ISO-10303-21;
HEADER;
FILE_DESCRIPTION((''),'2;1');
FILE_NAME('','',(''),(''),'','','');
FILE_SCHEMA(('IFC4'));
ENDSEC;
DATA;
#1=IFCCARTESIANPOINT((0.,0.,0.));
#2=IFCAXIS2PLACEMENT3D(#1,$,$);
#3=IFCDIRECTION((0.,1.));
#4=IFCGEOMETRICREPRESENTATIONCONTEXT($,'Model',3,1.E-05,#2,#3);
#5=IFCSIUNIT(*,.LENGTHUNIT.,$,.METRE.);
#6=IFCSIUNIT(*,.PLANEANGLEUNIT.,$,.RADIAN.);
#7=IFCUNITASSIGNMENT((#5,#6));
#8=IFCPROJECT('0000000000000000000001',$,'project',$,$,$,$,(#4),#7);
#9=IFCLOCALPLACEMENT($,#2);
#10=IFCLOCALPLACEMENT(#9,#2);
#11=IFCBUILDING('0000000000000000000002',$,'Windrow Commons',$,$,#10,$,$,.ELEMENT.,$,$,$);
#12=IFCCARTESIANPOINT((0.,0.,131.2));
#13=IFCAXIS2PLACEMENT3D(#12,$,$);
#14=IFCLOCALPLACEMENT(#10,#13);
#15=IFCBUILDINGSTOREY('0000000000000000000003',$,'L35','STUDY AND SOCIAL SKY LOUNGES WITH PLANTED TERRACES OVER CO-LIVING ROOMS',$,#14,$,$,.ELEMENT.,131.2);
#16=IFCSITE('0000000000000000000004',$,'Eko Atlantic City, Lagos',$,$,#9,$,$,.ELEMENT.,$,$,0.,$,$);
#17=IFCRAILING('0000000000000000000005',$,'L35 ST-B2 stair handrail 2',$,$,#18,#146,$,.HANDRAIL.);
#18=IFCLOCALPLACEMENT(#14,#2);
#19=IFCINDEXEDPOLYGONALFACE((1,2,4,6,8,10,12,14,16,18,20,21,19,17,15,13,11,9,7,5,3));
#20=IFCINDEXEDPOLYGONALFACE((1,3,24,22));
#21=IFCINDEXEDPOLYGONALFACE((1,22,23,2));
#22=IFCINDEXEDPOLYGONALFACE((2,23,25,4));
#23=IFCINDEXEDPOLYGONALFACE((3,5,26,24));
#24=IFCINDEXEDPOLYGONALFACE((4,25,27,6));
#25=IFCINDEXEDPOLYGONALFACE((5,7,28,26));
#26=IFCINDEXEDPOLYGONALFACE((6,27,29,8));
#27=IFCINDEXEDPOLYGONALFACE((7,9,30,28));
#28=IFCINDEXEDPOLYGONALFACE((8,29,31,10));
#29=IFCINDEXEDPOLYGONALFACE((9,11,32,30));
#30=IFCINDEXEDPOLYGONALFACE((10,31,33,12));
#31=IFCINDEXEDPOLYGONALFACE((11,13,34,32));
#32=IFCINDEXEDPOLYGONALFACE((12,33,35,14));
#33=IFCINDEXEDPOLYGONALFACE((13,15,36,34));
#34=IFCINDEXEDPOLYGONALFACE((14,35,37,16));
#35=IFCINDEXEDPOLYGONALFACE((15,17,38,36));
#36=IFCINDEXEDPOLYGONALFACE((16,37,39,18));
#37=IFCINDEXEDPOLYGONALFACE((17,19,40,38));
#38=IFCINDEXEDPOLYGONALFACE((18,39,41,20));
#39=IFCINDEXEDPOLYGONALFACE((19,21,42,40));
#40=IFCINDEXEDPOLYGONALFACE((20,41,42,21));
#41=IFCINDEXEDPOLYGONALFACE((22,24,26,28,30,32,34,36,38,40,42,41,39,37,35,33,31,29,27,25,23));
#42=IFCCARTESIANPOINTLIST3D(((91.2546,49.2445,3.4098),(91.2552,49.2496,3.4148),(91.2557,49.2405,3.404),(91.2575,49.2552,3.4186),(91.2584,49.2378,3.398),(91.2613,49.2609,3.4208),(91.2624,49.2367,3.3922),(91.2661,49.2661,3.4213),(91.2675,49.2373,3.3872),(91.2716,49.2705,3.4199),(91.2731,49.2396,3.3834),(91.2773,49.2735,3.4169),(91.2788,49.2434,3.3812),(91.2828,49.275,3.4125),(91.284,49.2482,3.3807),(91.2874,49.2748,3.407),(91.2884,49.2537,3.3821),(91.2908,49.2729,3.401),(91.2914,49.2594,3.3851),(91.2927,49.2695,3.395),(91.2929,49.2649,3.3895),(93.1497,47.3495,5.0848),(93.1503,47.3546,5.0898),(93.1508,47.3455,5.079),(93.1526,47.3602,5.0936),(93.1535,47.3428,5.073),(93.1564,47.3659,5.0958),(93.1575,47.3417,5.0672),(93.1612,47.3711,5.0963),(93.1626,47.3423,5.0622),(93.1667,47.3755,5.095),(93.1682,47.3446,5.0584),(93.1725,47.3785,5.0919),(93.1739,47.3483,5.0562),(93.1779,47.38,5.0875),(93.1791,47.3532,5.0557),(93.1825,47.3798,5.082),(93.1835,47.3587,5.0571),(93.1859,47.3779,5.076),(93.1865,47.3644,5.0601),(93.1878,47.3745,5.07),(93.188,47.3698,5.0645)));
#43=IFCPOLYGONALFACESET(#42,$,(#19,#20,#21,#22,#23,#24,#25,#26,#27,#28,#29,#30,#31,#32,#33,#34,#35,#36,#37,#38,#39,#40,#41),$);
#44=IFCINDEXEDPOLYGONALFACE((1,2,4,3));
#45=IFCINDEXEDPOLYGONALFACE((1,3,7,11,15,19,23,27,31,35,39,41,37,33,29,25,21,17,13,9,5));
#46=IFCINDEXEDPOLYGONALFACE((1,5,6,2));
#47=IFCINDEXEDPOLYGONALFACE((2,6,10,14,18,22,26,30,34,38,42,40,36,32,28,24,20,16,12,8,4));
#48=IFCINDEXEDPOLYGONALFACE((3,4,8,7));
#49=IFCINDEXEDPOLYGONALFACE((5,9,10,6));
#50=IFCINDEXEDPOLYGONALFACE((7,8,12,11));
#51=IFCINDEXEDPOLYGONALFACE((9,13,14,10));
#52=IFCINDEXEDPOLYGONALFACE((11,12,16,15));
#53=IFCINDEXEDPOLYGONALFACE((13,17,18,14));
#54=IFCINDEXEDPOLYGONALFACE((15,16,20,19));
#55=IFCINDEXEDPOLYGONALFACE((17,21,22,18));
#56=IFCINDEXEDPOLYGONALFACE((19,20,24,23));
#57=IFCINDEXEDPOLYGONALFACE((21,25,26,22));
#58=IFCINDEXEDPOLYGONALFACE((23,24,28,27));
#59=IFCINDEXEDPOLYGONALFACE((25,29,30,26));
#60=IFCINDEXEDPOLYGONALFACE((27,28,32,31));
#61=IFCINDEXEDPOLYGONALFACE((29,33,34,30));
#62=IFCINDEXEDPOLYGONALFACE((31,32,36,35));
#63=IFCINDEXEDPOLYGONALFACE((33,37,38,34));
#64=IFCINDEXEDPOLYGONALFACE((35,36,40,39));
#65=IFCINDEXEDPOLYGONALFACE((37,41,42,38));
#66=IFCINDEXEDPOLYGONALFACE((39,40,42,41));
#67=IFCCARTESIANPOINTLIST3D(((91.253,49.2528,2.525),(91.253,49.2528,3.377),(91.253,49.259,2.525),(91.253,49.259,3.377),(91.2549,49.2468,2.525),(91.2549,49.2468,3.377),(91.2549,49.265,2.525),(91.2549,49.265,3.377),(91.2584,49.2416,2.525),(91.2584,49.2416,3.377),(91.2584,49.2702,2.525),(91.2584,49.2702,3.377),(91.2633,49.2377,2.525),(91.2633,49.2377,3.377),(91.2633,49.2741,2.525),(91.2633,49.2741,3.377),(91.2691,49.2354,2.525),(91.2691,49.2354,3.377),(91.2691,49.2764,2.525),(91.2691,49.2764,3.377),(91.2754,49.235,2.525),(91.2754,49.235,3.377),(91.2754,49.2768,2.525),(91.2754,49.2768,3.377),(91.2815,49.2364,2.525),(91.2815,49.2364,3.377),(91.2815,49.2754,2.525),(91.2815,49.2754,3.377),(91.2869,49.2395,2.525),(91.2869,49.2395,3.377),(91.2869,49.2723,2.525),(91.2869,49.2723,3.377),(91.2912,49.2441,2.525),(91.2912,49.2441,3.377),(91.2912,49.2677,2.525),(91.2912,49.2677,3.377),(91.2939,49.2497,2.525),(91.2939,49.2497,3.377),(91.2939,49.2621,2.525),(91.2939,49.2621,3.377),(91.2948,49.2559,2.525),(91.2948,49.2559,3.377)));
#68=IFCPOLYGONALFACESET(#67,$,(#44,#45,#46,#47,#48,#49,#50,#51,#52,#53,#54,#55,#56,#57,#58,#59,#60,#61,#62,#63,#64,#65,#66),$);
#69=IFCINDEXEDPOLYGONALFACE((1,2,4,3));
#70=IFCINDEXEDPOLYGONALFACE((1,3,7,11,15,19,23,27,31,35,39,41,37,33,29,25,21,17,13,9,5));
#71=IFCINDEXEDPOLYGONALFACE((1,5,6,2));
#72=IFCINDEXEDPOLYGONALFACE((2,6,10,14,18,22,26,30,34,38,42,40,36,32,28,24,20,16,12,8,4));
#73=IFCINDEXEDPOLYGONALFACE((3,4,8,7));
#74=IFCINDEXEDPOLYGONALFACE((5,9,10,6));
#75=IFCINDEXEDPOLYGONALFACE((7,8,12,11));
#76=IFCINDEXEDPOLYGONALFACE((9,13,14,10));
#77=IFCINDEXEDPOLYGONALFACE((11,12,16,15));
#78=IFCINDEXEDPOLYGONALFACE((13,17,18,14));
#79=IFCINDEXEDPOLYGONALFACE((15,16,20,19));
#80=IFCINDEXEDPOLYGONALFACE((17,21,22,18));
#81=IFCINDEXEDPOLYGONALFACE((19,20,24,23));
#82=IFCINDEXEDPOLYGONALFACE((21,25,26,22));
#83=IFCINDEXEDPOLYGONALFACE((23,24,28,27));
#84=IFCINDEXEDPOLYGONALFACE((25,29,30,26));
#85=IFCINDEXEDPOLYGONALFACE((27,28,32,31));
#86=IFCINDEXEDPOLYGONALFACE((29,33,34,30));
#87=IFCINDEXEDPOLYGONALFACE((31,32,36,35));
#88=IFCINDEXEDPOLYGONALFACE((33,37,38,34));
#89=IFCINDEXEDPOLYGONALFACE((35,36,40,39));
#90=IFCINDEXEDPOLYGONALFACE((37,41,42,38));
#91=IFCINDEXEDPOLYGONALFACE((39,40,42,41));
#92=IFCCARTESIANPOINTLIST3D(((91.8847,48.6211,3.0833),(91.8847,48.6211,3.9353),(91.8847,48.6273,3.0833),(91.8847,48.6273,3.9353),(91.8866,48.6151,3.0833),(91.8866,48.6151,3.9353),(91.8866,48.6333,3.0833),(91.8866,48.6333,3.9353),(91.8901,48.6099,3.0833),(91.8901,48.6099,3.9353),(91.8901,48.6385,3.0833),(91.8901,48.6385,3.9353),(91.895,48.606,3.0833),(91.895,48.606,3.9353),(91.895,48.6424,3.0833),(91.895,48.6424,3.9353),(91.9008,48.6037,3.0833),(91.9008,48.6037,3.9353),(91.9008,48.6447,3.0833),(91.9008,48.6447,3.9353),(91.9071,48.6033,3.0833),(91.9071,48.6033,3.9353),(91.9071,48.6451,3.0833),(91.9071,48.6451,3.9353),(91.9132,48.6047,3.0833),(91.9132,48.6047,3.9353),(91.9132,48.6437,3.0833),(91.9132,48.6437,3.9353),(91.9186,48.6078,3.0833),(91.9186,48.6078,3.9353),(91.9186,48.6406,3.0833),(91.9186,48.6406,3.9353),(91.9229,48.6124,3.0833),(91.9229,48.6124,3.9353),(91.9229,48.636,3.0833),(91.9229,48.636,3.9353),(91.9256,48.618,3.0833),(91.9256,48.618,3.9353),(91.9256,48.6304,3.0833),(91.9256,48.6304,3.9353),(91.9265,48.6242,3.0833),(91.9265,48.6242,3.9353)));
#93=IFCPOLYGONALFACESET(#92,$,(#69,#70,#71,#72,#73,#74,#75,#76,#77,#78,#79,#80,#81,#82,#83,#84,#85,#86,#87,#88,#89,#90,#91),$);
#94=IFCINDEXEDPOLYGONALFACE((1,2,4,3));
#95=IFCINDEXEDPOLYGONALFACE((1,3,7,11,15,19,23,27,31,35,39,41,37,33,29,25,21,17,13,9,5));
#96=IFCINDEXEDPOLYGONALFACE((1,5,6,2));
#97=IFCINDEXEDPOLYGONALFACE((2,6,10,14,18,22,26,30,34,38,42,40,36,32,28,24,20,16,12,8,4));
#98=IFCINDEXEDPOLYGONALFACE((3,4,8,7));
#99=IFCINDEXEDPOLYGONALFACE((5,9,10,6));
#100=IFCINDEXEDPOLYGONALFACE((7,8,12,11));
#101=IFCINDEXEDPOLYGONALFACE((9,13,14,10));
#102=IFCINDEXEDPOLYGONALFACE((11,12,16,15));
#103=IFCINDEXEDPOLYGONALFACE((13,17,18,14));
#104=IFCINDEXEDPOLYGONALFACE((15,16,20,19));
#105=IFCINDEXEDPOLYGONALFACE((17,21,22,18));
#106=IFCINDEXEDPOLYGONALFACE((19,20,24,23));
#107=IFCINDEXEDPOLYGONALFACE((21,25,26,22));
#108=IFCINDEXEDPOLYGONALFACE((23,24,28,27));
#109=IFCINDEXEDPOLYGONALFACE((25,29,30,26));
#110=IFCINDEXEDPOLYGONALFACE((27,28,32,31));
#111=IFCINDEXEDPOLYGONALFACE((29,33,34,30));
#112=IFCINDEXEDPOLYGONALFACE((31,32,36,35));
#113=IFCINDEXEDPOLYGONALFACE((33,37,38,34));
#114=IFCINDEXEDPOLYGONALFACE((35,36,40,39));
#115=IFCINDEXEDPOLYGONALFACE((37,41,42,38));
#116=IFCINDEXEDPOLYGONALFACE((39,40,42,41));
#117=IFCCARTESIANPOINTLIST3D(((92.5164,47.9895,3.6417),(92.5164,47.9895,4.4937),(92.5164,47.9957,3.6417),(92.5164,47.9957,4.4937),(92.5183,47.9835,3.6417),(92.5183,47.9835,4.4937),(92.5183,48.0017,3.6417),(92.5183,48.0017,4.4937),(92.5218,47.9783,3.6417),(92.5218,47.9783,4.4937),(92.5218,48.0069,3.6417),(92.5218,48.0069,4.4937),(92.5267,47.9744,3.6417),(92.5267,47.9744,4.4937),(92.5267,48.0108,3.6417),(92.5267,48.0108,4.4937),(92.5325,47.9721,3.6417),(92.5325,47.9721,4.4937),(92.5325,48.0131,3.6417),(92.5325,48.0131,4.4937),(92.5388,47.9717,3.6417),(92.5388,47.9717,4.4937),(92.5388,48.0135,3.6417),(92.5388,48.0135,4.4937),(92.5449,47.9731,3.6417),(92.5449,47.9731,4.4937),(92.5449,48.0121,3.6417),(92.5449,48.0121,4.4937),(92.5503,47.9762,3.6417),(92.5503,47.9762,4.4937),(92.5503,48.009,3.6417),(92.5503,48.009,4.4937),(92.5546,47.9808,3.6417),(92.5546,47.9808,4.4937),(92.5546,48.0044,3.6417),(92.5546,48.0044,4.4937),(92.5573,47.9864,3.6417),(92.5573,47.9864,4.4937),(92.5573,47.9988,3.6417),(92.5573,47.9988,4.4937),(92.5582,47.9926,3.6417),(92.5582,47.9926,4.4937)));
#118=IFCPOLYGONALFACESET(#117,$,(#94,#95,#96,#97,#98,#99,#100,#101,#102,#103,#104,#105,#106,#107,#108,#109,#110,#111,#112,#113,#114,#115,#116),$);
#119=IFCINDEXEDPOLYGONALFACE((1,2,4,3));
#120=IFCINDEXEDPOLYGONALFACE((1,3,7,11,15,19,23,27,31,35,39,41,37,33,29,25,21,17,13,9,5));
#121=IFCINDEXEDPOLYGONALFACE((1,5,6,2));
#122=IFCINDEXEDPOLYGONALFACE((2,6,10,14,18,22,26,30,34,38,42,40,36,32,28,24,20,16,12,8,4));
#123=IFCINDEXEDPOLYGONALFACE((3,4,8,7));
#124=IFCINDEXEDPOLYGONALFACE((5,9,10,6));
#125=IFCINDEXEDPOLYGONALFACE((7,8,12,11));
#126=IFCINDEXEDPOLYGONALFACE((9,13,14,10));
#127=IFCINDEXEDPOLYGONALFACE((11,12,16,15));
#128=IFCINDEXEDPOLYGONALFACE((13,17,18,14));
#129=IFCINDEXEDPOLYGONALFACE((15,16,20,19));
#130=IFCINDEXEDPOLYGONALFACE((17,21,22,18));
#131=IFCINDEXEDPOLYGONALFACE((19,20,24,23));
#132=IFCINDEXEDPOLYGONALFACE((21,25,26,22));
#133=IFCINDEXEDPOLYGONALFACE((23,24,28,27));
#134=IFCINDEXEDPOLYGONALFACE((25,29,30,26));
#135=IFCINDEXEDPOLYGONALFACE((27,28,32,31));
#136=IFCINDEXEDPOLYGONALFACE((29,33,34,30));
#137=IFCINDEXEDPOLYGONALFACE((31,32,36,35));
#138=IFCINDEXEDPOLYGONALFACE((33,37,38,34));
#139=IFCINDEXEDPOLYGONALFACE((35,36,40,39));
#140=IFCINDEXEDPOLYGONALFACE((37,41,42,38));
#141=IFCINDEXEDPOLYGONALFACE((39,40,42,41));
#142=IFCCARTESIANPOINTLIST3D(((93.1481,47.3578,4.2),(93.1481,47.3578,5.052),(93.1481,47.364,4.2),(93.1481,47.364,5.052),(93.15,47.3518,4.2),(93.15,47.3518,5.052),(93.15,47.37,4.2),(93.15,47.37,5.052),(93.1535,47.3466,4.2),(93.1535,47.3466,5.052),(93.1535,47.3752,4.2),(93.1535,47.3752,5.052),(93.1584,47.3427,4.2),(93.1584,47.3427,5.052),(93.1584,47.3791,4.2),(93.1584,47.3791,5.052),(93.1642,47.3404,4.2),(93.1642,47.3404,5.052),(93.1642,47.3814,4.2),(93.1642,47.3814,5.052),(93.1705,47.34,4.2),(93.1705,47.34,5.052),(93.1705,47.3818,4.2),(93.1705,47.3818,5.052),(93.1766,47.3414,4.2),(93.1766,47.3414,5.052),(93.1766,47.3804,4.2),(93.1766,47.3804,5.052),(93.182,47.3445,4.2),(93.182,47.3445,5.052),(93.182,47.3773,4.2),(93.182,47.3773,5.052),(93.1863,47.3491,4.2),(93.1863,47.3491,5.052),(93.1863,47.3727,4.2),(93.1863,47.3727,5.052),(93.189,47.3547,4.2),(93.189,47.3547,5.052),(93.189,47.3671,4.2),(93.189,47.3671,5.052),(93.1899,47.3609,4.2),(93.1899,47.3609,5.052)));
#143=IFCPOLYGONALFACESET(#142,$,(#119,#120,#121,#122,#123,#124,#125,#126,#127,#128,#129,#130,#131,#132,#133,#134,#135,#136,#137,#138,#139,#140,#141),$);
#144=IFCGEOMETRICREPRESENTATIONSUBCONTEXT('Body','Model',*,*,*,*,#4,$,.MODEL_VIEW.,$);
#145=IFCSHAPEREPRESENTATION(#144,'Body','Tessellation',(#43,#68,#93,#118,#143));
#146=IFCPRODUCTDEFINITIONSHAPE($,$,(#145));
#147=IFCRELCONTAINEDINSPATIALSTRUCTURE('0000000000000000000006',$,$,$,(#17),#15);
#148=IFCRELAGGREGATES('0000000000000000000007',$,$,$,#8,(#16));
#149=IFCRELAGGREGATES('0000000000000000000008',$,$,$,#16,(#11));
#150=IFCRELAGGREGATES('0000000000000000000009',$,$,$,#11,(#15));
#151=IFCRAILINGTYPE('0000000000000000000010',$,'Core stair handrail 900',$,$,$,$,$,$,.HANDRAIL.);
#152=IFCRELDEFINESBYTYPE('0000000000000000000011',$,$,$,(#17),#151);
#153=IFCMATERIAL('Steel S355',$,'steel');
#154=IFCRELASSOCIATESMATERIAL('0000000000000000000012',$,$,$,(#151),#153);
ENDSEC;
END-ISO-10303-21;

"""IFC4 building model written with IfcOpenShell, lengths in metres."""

from ifc_helpers import new_model, si_unit, direction, frame, origin, origin_2d, place, context, subcontext, project, spatial, circle, extrude, material, type_object, element, save


model = new_model("IFC4")

# Units and contexts
model_context = context("Model", 3, precision=1e-05, world=origin(), true_north=direction((0.0, 1.0)))
body_context = subcontext(model_context, "Body", "Model", "MODEL_VIEW")
ifc_project = project(units=[si_unit("LENGTHUNIT", "METRE"), si_unit("PLANEANGLEUNIT", "RADIAN")], contexts=[model_context])

# Site, building, storey
site_placement = place(None, origin())
site = spatial("IfcSite", under=ifc_project, at=site_placement, Name="Eko Atlantic City, Lagos", CompositionType="ELEMENT", RefElevation=0.0)
building_placement = place(site_placement, origin())
building = spatial("IfcBuilding", under=site, at=building_placement, Name="Windrow Commons", CompositionType="ELEMENT")
storey_placement = place(building_placement, frame((0.0, 0.0, 131.2)))
storey = spatial("IfcBuildingStorey", under=building, at=storey_placement, Name="L35", Description="STUDY AND SOCIAL SKY LOUNGES WITH PLANTED TERRACES OVER CO-LIVING ROOMS", CompositionType="ELEMENT", Elevation=131.2)

# Railing
ifc_material_1 = material(Name="Steel S355", Category="steel")
railing_type_1 = type_object("IfcRailingType", Name="Core stair handrail 900", PredefinedType="HANDRAIL", material=ifc_material_1)
railing_1_placement = place(storey_placement, frame((91.2738, 49.2559, 2.525)))
element("IfcRailing", 1, at=railing_1_placement, inside=storey, type_object=railing_type_1, Name="L35 ST-B2 stair handrail 2", PredefinedType="HANDRAIL", context=body_context, shape_type="SweptSolid", body=[
    extrude(circle(Radius=0.024, at=origin_2d()), frame((0.0, 0.0, 0.876), z_axis=(0.599642, -0.59961, 0.529998), x_axis=(0.707088, 0.707125, 0.0)), (0.0, 0.0, 1.0), 3.1604),
    extrude(circle(Radius=0.021, at=origin_2d()), origin(), (0.0, 0.0, 1.0), 0.852),
    extrude(circle(Radius=0.021, at=origin_2d()), frame((0.6317, -0.6317, 0.5583)), (0.0, 0.0, 1.0), 0.852),
    extrude(circle(Radius=0.021, at=origin_2d()), frame((1.2634, -1.2633, 1.1167)), (0.0, 0.0, 1.0), 0.852),
    extrude(circle(Radius=0.021, at=origin_2d()), frame((1.8951, -1.895, 1.675)), (0.0, 0.0, 1.0), 0.852),
])

save(model, "model.ifc")
